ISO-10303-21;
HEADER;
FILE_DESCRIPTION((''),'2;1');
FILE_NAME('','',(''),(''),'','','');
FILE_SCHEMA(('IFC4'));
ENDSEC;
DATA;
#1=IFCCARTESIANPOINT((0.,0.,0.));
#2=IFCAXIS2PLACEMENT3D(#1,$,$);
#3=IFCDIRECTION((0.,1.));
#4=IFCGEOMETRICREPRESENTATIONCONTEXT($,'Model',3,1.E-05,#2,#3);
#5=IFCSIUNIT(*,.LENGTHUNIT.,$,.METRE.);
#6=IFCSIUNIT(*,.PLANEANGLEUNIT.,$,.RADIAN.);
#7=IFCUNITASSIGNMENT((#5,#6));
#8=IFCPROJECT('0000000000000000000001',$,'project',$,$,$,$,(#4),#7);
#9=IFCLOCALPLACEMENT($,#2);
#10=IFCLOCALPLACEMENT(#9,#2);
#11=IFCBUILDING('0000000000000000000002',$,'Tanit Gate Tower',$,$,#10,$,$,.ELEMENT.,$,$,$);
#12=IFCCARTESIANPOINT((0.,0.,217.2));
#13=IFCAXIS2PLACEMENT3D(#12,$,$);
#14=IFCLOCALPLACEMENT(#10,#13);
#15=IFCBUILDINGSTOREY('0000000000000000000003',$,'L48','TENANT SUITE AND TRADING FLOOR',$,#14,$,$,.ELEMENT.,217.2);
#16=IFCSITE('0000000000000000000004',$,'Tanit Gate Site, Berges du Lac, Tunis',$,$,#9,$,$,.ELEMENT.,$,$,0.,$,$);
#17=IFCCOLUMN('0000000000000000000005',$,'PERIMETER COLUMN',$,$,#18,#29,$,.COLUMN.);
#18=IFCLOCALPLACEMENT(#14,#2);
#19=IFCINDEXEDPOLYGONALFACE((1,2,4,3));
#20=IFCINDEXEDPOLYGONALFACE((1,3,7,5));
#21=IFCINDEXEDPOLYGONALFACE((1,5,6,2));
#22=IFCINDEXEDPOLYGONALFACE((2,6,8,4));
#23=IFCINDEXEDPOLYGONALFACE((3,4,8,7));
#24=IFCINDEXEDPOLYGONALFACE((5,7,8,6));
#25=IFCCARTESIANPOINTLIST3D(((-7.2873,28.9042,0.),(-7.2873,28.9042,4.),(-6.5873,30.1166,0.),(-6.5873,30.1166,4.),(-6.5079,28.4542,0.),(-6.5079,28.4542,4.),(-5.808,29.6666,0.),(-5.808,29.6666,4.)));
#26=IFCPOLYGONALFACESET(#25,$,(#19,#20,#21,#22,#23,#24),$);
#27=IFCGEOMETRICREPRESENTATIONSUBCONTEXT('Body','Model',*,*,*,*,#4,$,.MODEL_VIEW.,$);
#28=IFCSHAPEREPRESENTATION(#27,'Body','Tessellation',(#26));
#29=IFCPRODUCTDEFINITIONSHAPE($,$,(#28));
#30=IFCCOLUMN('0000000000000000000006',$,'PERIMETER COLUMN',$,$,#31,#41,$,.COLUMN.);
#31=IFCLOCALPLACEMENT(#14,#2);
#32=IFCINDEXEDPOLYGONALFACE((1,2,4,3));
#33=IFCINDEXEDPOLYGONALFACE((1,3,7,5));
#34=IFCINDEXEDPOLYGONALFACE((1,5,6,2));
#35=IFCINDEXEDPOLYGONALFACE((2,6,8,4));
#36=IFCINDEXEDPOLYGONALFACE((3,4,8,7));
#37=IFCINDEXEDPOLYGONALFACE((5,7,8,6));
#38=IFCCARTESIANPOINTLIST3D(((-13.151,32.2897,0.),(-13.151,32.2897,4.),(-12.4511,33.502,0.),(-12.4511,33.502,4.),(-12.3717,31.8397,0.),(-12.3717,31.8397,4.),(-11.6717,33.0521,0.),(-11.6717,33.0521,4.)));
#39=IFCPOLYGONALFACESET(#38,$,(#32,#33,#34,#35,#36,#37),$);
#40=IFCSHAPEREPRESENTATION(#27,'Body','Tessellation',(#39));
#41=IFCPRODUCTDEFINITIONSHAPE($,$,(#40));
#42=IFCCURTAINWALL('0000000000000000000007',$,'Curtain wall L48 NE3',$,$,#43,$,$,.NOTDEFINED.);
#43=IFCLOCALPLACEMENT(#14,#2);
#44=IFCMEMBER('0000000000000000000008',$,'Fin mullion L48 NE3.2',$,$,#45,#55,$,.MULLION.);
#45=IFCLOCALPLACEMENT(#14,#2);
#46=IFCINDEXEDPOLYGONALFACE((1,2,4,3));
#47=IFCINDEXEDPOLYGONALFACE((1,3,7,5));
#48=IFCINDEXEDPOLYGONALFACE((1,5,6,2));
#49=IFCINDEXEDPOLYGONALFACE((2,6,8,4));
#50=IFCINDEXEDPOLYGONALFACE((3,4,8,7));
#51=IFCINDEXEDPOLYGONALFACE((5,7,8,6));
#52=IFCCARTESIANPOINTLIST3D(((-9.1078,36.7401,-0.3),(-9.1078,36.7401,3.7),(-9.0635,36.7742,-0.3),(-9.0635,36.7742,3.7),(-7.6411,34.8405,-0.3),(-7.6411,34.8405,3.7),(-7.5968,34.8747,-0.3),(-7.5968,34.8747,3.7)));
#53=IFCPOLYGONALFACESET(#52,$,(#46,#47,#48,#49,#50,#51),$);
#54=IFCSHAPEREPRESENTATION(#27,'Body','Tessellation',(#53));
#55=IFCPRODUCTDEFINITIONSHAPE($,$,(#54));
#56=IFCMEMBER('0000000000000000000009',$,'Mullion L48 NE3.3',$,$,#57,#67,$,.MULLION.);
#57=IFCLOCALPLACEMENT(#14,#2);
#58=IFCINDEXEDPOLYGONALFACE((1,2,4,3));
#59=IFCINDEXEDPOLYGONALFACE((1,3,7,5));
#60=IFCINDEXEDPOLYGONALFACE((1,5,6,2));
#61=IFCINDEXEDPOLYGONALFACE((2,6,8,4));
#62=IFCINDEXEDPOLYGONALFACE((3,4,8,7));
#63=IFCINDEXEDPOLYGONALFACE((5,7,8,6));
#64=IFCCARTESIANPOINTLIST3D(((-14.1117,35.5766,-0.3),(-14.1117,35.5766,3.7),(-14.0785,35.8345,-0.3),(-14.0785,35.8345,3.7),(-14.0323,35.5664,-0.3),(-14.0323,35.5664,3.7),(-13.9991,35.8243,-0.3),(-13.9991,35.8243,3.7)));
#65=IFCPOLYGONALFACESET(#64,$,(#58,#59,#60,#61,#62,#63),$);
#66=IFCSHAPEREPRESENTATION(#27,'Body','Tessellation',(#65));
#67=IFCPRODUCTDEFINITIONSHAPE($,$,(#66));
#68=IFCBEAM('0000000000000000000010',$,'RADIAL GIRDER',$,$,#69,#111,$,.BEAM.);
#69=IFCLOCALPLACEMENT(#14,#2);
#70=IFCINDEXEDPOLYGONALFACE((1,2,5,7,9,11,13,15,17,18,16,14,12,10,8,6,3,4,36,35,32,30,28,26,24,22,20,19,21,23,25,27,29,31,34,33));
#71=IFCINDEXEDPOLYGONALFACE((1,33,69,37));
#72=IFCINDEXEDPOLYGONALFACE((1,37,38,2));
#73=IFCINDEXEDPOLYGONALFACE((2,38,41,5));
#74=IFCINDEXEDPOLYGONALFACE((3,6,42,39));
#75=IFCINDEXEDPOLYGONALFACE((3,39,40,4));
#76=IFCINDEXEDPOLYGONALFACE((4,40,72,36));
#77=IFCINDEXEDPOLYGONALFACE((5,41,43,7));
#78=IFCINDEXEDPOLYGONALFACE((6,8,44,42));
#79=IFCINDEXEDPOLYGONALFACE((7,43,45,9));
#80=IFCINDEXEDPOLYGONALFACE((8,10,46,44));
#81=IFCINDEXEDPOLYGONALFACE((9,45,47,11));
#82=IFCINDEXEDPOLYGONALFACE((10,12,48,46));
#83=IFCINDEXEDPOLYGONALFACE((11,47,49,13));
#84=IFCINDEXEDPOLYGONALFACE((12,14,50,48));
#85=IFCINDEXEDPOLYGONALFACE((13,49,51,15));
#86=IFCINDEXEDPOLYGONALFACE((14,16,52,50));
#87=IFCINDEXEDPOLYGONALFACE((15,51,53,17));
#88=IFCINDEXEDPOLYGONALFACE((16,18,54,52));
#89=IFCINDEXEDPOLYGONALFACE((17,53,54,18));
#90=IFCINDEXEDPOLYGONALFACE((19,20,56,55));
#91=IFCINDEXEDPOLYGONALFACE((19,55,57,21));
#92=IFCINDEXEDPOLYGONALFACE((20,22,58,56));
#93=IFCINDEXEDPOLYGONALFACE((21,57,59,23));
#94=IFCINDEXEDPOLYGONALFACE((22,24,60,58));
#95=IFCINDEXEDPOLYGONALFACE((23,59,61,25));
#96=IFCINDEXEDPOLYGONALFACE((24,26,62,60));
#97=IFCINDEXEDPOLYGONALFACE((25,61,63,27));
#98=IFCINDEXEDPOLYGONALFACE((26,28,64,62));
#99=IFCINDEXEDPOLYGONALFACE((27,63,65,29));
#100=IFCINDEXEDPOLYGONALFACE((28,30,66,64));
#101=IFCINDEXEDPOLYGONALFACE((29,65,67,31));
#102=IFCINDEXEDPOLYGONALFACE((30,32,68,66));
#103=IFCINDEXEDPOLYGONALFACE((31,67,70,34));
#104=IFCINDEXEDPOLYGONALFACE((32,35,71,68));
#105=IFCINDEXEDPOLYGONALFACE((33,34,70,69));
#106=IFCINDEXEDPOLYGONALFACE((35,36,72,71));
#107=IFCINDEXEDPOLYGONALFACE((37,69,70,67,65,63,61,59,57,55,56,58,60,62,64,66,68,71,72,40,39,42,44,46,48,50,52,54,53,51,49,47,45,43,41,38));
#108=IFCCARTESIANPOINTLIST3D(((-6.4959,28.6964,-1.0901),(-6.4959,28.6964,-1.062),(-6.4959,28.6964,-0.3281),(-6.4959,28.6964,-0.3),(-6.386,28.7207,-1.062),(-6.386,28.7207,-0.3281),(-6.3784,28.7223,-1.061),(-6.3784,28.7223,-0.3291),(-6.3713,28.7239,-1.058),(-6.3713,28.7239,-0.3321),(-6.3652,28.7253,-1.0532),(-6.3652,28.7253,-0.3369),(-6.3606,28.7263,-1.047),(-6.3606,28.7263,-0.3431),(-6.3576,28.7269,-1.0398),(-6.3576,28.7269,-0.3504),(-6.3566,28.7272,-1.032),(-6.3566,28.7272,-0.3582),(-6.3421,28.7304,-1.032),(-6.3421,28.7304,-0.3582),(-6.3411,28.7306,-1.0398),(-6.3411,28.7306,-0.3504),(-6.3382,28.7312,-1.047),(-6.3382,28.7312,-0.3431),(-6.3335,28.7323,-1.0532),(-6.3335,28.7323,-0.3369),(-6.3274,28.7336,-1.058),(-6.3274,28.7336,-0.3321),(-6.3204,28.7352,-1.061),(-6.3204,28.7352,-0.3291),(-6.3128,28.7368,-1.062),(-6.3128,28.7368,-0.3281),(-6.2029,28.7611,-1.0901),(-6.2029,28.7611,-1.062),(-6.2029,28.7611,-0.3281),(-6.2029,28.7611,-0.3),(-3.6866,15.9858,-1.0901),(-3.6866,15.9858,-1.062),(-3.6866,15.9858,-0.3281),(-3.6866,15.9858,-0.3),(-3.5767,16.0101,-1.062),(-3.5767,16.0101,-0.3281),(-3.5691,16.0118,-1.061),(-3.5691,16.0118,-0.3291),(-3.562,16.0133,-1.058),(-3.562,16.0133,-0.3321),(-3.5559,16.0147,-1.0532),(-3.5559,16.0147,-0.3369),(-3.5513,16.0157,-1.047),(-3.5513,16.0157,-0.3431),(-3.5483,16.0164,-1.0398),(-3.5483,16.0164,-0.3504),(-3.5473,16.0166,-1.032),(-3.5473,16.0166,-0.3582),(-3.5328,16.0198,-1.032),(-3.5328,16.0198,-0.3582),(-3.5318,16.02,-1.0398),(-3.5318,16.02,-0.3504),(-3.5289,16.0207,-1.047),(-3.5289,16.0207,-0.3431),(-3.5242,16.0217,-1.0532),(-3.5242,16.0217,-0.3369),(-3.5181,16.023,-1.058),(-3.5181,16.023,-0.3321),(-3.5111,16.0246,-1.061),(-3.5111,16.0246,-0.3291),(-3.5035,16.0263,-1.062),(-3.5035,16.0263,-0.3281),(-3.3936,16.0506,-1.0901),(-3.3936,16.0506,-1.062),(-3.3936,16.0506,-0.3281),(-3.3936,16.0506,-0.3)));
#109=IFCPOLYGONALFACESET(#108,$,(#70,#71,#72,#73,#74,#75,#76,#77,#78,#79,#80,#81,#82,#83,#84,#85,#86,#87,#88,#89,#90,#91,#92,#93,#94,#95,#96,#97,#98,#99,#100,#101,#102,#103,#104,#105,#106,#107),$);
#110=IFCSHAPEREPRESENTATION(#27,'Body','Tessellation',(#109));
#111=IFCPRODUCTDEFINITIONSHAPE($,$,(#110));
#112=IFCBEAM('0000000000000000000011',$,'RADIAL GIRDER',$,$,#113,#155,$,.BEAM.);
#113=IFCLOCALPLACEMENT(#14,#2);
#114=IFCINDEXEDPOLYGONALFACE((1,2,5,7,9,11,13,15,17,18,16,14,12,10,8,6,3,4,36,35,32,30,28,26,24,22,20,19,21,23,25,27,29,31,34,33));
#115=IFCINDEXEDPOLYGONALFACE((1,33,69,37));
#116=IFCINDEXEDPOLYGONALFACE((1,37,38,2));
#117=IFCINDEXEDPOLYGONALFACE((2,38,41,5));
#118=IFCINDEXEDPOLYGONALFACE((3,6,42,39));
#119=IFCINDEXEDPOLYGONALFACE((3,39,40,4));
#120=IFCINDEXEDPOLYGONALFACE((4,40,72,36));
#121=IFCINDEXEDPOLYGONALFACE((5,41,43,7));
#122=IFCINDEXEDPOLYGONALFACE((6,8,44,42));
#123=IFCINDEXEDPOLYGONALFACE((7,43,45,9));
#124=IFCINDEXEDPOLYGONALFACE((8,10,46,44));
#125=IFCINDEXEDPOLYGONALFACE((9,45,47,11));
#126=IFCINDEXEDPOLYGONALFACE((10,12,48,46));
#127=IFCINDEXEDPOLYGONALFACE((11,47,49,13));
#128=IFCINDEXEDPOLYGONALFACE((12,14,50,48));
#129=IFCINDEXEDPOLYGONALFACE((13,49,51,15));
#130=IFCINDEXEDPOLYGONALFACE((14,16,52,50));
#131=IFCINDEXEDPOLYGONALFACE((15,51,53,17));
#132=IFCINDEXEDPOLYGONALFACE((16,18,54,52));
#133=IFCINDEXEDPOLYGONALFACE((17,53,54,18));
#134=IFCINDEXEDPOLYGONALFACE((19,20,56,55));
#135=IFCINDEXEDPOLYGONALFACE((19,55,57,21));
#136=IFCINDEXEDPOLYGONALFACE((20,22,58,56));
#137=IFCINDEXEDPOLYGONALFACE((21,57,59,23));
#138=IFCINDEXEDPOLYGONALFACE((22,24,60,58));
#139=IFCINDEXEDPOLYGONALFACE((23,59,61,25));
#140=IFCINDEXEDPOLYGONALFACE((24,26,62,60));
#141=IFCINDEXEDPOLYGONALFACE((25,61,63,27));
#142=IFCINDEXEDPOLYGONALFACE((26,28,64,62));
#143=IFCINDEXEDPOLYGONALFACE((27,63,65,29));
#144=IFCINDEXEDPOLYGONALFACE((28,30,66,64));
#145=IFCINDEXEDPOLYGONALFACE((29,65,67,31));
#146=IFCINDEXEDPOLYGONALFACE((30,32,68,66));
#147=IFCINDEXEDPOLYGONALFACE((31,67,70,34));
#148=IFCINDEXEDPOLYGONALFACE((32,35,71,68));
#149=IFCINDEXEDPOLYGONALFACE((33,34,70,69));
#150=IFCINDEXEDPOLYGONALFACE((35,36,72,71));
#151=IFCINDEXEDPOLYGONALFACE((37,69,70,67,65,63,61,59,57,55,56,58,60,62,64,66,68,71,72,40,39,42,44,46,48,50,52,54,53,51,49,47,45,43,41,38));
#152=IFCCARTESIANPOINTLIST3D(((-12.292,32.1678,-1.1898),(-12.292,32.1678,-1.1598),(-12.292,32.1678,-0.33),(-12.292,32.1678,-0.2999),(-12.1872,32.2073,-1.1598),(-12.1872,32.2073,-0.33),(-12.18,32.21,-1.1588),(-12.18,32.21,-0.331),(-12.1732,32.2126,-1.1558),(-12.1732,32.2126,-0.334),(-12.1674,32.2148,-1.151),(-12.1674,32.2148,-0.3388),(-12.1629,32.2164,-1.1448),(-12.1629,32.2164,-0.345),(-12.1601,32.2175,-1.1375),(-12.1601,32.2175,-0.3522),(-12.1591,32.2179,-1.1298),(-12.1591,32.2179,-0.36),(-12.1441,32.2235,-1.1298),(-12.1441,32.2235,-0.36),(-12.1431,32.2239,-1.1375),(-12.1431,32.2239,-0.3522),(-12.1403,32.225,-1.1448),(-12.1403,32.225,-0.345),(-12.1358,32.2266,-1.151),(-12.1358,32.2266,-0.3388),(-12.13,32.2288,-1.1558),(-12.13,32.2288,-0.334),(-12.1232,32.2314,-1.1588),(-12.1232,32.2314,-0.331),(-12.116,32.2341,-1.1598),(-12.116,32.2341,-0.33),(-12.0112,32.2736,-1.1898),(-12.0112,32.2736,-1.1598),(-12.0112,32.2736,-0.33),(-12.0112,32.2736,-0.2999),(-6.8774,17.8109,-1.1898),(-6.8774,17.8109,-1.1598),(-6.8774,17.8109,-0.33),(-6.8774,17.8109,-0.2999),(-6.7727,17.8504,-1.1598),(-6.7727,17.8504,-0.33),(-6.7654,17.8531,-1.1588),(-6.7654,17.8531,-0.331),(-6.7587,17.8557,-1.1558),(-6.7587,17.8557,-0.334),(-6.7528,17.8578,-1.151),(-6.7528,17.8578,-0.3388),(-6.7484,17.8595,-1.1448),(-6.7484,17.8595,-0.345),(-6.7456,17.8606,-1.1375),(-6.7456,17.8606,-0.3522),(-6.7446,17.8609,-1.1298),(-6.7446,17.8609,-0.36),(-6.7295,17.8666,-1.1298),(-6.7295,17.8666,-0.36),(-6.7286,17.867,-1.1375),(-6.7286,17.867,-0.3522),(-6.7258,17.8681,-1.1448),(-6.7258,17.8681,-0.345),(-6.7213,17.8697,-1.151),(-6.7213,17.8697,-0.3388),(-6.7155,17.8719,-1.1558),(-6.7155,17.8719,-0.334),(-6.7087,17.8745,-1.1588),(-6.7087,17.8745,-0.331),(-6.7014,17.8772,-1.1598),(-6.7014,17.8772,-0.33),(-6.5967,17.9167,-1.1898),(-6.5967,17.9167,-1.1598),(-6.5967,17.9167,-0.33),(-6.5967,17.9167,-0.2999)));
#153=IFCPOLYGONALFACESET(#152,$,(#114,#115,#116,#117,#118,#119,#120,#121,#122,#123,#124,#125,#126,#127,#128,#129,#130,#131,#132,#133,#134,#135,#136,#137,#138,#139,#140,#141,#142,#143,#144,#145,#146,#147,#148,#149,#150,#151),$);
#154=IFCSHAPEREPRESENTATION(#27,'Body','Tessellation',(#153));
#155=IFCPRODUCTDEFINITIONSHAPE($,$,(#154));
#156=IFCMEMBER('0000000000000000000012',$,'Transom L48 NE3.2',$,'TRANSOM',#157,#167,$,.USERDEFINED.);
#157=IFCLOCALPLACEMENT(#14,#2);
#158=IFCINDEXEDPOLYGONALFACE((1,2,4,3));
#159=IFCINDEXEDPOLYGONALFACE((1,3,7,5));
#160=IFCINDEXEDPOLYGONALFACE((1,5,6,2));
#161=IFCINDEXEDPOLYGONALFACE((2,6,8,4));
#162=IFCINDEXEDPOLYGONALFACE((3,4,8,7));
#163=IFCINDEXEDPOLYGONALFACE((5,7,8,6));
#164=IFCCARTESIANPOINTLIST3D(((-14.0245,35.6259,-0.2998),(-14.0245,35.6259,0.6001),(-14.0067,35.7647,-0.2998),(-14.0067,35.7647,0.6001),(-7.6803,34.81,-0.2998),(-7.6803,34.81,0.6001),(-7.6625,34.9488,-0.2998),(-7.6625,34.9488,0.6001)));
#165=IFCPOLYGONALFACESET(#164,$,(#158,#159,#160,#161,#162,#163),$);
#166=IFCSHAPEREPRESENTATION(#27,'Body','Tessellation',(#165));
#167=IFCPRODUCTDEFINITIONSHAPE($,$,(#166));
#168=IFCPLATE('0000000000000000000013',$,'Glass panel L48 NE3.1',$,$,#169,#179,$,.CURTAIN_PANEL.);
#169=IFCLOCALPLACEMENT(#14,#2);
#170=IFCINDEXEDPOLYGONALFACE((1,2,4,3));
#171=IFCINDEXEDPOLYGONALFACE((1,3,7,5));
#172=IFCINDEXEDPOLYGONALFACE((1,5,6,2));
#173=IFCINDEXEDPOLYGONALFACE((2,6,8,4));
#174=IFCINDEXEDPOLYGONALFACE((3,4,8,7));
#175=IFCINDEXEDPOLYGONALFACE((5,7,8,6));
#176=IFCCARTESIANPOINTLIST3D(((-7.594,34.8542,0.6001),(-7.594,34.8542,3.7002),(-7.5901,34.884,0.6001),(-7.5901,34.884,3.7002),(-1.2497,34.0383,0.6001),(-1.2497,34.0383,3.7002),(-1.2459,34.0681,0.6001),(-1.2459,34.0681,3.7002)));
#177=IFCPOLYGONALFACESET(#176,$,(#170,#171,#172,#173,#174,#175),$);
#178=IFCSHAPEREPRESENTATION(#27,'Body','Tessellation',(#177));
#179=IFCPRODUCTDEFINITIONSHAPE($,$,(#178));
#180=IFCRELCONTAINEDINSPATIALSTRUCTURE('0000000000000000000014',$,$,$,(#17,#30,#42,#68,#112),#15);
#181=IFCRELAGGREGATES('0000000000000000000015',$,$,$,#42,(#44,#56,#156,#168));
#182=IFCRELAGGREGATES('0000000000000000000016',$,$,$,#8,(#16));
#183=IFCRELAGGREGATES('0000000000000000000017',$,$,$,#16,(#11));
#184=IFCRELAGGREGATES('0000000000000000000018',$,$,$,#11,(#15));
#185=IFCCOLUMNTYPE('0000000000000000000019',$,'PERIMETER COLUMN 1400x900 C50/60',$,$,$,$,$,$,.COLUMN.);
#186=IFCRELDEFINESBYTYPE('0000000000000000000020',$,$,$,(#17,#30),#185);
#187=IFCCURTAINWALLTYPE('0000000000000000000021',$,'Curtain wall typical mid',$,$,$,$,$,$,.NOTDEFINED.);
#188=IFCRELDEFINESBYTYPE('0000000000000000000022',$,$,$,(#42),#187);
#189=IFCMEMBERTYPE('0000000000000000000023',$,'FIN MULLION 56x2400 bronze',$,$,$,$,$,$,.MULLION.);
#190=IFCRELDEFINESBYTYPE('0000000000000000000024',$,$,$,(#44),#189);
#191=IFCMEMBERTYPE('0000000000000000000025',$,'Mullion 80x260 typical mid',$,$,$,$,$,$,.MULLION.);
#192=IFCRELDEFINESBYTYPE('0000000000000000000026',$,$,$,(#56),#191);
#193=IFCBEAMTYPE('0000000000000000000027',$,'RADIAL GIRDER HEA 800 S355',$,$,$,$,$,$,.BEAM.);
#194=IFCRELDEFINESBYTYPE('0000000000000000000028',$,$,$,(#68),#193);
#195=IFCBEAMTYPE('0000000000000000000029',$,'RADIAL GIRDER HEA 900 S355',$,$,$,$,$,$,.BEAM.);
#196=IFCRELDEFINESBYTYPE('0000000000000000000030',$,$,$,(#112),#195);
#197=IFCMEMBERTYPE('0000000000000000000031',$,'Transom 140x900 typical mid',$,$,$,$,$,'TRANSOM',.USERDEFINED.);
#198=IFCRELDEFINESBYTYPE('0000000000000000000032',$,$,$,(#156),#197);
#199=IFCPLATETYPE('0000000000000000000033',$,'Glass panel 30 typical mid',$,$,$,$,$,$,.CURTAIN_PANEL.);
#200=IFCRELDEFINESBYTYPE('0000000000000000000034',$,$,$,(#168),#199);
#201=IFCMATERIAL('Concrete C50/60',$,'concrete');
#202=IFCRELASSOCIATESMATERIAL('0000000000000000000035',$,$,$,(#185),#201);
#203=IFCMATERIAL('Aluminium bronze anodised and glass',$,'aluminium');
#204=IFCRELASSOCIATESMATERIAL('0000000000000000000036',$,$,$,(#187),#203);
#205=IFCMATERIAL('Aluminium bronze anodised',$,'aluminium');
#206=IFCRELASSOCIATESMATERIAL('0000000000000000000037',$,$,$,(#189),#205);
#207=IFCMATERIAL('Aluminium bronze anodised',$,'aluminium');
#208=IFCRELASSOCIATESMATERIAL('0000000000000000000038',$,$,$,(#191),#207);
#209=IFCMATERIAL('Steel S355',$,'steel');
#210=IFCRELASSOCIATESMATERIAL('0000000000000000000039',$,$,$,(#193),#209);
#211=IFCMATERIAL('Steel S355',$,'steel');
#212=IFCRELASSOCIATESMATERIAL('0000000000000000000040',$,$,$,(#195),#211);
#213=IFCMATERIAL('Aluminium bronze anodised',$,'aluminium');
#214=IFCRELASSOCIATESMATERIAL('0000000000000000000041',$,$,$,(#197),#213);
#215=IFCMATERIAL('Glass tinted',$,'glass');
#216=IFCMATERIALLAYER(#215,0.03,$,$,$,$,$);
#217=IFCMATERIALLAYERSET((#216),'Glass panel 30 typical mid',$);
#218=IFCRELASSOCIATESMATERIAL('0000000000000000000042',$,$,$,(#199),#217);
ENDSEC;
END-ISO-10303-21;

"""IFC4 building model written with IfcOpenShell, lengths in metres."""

from ifc_helpers import new_model, si_unit, direction, frame, origin, origin_2d, place, context, subcontext, project, spatial, rectangle, i_section, extrude, material, layer, layer_set, material_profile, profile_set, type_object, element, aggregate, save


model = new_model("IFC4")

# Units and contexts
model_context = context("Model", 3, precision=1e-05, world=origin(), true_north=direction((0.0, 1.0)))
body_context = subcontext(model_context, "Body", "Model", "MODEL_VIEW")
ifc_project = project(units=[si_unit("LENGTHUNIT", "METRE"), si_unit("PLANEANGLEUNIT", "RADIAN")], contexts=[model_context])

# Site, building, storey
site_placement = place(None, origin())
site = spatial("IfcSite", under=ifc_project, at=site_placement, Name="Tanit Gate Site, Berges du Lac, Tunis", CompositionType="ELEMENT", RefElevation=0.0)
building_placement = place(site_placement, origin())
building = spatial("IfcBuilding", under=site, at=building_placement, Name="Tanit Gate Tower", CompositionType="ELEMENT")
storey_placement = place(building_placement, frame((0.0, 0.0, 217.2)))
storey = spatial("IfcBuildingStorey", under=building, at=storey_placement, Name="L48", Description="TENANT SUITE AND TRADING FLOOR", CompositionType="ELEMENT", Elevation=217.2)

# Columns
ifc_material_1 = material(Name="Concrete C50/60", Category="concrete")
ifc_material_profile_1 = material_profile(ifc_material_1, rectangle(XDim=1.3999, YDim=0.8999, at=origin_2d()), Name="RC 1400x900")
ifc_profile_set_1 = profile_set([ifc_material_profile_1], Name="Concrete C50/60")
column_type = type_object("IfcColumnType", Name="PERIMETER COLUMN 1400x900 C50/60", PredefinedType="COLUMN", material=ifc_profile_set_1)
for number, where, z_axis, x_axis, name in (
    (1, (-6.5476, 29.2854, 0.0), (0.0, 0.0, 1.0), (0.5, 0.866025, 0.0), "PERIMETER COLUMN"),
    (2, (-12.4114, 32.6709, 0.0), (0.0, 0.0, 1.0), (0.5, 0.866025, 0.0), "PERIMETER COLUMN"),
):
    element("IfcColumn", number, at=place(storey_placement, frame(where, z_axis=z_axis, x_axis=x_axis)), inside=storey, type_object=column_type, Name=name, PredefinedType="COLUMN", context=body_context, shape_type="SweptSolid", body=[
        extrude(rectangle(XDim=1.3999, YDim=0.8999, at=origin_2d()), origin(), (0.0, 0.0, 1.0), 4.0),
    ])

# Curtain wall, members
ifc_material_2 = material(Name="Aluminium bronze anodised and glass", Category="aluminium")
curtain_wall_type = type_object("IfcCurtainWallType", Name="Curtain wall typical mid", PredefinedType="NOTDEFINED", material=ifc_material_2)
curtain_wall_placement = place(storey_placement, origin())
curtain_wall = element("IfcCurtainWall", 3, at=curtain_wall_placement, inside=storey, type_object=curtain_wall_type, Name="Curtain wall L48 NE3", PredefinedType="NOTDEFINED")
ifc_material_3 = material(Name="Aluminium bronze anodised", Category="aluminium")
ifc_material_profile_2 = material_profile(ifc_material_3, rectangle(XDim=2.3999, YDim=0.0559, at=origin_2d()), Name="56x2400 bronze fin mullion")
ifc_profile_set_2 = profile_set([ifc_material_profile_2], Name="Aluminium bronze anodised")
member_type_1 = type_object("IfcMemberType", Name="FIN MULLION 56x2400 bronze", PredefinedType="MULLION", material=ifc_profile_set_2)
member_1_placement = place(storey_placement, frame((-8.3523, 35.8074, -0.3), z_axis=(0.0, 0.0, 1.0), x_axis=(0.611137, -0.791525, 0.0)))
member_1 = element("IfcMember", 4, at=member_1_placement, type_object=member_type_1, Name="Fin mullion L48 NE3.2", PredefinedType="MULLION", context=body_context, shape_type="SweptSolid", body=[
    extrude(rectangle(XDim=2.3999, YDim=0.0559, at=origin_2d()), origin(), (0.0, 0.0, 1.0), 4.0),
])
ifc_material_4 = material(Name="Aluminium bronze anodised", Category="aluminium")
ifc_material_profile_3 = material_profile(ifc_material_4, rectangle(XDim=0.26, YDim=0.0801, at=origin_2d()), Name="80x260 bronze mullion")
ifc_profile_set_3 = profile_set([ifc_material_profile_3], Name="Aluminium bronze anodised")
member_type_2 = type_object("IfcMemberType", Name="Mullion 80x260 typical mid", PredefinedType="MULLION", material=ifc_profile_set_3)
member_2_placement = place(storey_placement, frame((-14.0554, 35.7004, -0.3), z_axis=(0.0, 0.0, 1.0), x_axis=(-0.127554, -0.991832, 0.0)))
member_2 = element("IfcMember", 5, at=member_2_placement, type_object=member_type_2, Name="Mullion L48 NE3.3", PredefinedType="MULLION", context=body_context, shape_type="SweptSolid", body=[
    extrude(rectangle(XDim=0.26, YDim=0.0801, at=origin_2d()), origin(), (0.0, 0.0, 1.0), 4.0),
])

# Beams
ifc_material_5 = material(Name="Steel S355", Category="steel")
ifc_material_profile_4 = material_profile(ifc_material_5, i_section(OverallWidth=0.3, OverallDepth=0.79, WebThickness=0.0149, FlangeThickness=0.0281, FilletRadius=0.03, at=origin_2d()), Name="HEA 800")
ifc_profile_set_4 = profile_set([ifc_material_profile_4], Name="Steel S355")
beam_type_1 = type_object("IfcBeamType", Name="RADIAL GIRDER HEA 800 S355", PredefinedType="BEAM", material=ifc_profile_set_4)
beam_1_placement = place(storey_placement, frame((-6.3494, 28.7288, -0.6951), z_axis=(0.215812, -0.976435, 0.0), x_axis=(0.976435, 0.215812, 0.0)))
element("IfcBeam", 6, at=beam_1_placement, inside=storey, type_object=beam_type_1, Name="RADIAL GIRDER", PredefinedType="BEAM", context=body_context, shape_type="SweptSolid", body=[
    extrude(i_section(OverallWidth=0.3, OverallDepth=0.79, WebThickness=0.0149, FlangeThickness=0.0281, FilletRadius=0.03, at=origin_2d()), origin(), (0.0, 0.0, 1.0), 13.0173),
])
ifc_material_6 = material(Name="Steel S355", Category="steel")
ifc_material_profile_5 = material_profile(ifc_material_6, i_section(OverallWidth=0.3, OverallDepth=0.8899, WebThickness=0.0161, FlangeThickness=0.03, FilletRadius=0.03, at=origin_2d()), Name="HEA 900")
ifc_profile_set_5 = profile_set([ifc_material_profile_5], Name="Steel S355")
beam_type_2 = type_object("IfcBeamType", Name="RADIAL GIRDER HEA 900 S355", PredefinedType="BEAM", material=ifc_profile_set_5)
beam_2_placement = place(storey_placement, frame((-12.1516, 32.2207, -0.7449), z_axis=(0.352877, -0.93567, 0.0), x_axis=(0.93567, 0.352877, 0.0)))
element("IfcBeam", 7, at=beam_2_placement, inside=storey, type_object=beam_type_2, Name="RADIAL GIRDER", PredefinedType="BEAM", context=body_context, shape_type="SweptSolid", body=[
    extrude(i_section(OverallWidth=0.3, OverallDepth=0.8899, WebThickness=0.0161, FlangeThickness=0.03, FilletRadius=0.03, at=origin_2d()), origin(), (0.0, 0.0, 1.0), 15.344),
])

# Member
ifc_material_7 = material(Name="Aluminium bronze anodised", Category="aluminium")
ifc_material_profile_6 = material_profile(ifc_material_7, rectangle(XDim=0.1399, YDim=0.8999, at=origin_2d()), Name="140x900 bronze transom")
ifc_profile_set_6 = profile_set([ifc_material_profile_6], Name="Aluminium bronze anodised")
member_type_3 = type_object("IfcMemberType", Name="Transom 140x900 typical mid", ElementType="TRANSOM", PredefinedType="USERDEFINED", material=ifc_profile_set_6)
member_3_placement = place(storey_placement, frame((-7.6714, 34.8794, 0.1501), z_axis=(-0.991831, 0.127557, 0.0), x_axis=(-0.127557, -0.991831, 0.0)))
member_3 = element("IfcMember", 8, at=member_3_placement, type_object=member_type_3, Name="Transom L48 NE3.2", ObjectType="TRANSOM", PredefinedType="USERDEFINED", context=body_context, shape_type="SweptSolid", body=[
    extrude(rectangle(XDim=0.1399, YDim=0.8999, at=origin_2d()), origin(), (0.0, 0.0, 1.0), 6.3965),
])

# Plate
ifc_material_8 = material(Name="Glass tinted", Category="glass")
ifc_layer_1 = layer(ifc_material_8, 0.03)
ifc_layer_set_1 = layer_set([ifc_layer_1], Name="Glass panel 30 typical mid")
plate_type = type_object("IfcPlateType", Name="Glass panel 30 typical mid", PredefinedType="CURTAIN_PANEL", material=ifc_layer_set_1)
plate_1_placement = place(storey_placement, frame((-4.4199, 34.4612, 0.6001), z_axis=(0.0, 0.0, 1.0), x_axis=(-0.991832, 0.127554, 0.0)))
plate_1 = element("IfcPlate", 9, at=plate_1_placement, type_object=plate_type, Name="Glass panel L48 NE3.1", PredefinedType="CURTAIN_PANEL", context=body_context, shape_type="SweptSolid", body=[
    extrude(rectangle(XDim=6.3965, YDim=0.03, at=origin_2d()), origin(), (0.0, 0.0, 1.0), 3.1001),
])
aggregate(curtain_wall, [member_1, member_2, member_3, plate_1])

save(model, "model.ifc")
